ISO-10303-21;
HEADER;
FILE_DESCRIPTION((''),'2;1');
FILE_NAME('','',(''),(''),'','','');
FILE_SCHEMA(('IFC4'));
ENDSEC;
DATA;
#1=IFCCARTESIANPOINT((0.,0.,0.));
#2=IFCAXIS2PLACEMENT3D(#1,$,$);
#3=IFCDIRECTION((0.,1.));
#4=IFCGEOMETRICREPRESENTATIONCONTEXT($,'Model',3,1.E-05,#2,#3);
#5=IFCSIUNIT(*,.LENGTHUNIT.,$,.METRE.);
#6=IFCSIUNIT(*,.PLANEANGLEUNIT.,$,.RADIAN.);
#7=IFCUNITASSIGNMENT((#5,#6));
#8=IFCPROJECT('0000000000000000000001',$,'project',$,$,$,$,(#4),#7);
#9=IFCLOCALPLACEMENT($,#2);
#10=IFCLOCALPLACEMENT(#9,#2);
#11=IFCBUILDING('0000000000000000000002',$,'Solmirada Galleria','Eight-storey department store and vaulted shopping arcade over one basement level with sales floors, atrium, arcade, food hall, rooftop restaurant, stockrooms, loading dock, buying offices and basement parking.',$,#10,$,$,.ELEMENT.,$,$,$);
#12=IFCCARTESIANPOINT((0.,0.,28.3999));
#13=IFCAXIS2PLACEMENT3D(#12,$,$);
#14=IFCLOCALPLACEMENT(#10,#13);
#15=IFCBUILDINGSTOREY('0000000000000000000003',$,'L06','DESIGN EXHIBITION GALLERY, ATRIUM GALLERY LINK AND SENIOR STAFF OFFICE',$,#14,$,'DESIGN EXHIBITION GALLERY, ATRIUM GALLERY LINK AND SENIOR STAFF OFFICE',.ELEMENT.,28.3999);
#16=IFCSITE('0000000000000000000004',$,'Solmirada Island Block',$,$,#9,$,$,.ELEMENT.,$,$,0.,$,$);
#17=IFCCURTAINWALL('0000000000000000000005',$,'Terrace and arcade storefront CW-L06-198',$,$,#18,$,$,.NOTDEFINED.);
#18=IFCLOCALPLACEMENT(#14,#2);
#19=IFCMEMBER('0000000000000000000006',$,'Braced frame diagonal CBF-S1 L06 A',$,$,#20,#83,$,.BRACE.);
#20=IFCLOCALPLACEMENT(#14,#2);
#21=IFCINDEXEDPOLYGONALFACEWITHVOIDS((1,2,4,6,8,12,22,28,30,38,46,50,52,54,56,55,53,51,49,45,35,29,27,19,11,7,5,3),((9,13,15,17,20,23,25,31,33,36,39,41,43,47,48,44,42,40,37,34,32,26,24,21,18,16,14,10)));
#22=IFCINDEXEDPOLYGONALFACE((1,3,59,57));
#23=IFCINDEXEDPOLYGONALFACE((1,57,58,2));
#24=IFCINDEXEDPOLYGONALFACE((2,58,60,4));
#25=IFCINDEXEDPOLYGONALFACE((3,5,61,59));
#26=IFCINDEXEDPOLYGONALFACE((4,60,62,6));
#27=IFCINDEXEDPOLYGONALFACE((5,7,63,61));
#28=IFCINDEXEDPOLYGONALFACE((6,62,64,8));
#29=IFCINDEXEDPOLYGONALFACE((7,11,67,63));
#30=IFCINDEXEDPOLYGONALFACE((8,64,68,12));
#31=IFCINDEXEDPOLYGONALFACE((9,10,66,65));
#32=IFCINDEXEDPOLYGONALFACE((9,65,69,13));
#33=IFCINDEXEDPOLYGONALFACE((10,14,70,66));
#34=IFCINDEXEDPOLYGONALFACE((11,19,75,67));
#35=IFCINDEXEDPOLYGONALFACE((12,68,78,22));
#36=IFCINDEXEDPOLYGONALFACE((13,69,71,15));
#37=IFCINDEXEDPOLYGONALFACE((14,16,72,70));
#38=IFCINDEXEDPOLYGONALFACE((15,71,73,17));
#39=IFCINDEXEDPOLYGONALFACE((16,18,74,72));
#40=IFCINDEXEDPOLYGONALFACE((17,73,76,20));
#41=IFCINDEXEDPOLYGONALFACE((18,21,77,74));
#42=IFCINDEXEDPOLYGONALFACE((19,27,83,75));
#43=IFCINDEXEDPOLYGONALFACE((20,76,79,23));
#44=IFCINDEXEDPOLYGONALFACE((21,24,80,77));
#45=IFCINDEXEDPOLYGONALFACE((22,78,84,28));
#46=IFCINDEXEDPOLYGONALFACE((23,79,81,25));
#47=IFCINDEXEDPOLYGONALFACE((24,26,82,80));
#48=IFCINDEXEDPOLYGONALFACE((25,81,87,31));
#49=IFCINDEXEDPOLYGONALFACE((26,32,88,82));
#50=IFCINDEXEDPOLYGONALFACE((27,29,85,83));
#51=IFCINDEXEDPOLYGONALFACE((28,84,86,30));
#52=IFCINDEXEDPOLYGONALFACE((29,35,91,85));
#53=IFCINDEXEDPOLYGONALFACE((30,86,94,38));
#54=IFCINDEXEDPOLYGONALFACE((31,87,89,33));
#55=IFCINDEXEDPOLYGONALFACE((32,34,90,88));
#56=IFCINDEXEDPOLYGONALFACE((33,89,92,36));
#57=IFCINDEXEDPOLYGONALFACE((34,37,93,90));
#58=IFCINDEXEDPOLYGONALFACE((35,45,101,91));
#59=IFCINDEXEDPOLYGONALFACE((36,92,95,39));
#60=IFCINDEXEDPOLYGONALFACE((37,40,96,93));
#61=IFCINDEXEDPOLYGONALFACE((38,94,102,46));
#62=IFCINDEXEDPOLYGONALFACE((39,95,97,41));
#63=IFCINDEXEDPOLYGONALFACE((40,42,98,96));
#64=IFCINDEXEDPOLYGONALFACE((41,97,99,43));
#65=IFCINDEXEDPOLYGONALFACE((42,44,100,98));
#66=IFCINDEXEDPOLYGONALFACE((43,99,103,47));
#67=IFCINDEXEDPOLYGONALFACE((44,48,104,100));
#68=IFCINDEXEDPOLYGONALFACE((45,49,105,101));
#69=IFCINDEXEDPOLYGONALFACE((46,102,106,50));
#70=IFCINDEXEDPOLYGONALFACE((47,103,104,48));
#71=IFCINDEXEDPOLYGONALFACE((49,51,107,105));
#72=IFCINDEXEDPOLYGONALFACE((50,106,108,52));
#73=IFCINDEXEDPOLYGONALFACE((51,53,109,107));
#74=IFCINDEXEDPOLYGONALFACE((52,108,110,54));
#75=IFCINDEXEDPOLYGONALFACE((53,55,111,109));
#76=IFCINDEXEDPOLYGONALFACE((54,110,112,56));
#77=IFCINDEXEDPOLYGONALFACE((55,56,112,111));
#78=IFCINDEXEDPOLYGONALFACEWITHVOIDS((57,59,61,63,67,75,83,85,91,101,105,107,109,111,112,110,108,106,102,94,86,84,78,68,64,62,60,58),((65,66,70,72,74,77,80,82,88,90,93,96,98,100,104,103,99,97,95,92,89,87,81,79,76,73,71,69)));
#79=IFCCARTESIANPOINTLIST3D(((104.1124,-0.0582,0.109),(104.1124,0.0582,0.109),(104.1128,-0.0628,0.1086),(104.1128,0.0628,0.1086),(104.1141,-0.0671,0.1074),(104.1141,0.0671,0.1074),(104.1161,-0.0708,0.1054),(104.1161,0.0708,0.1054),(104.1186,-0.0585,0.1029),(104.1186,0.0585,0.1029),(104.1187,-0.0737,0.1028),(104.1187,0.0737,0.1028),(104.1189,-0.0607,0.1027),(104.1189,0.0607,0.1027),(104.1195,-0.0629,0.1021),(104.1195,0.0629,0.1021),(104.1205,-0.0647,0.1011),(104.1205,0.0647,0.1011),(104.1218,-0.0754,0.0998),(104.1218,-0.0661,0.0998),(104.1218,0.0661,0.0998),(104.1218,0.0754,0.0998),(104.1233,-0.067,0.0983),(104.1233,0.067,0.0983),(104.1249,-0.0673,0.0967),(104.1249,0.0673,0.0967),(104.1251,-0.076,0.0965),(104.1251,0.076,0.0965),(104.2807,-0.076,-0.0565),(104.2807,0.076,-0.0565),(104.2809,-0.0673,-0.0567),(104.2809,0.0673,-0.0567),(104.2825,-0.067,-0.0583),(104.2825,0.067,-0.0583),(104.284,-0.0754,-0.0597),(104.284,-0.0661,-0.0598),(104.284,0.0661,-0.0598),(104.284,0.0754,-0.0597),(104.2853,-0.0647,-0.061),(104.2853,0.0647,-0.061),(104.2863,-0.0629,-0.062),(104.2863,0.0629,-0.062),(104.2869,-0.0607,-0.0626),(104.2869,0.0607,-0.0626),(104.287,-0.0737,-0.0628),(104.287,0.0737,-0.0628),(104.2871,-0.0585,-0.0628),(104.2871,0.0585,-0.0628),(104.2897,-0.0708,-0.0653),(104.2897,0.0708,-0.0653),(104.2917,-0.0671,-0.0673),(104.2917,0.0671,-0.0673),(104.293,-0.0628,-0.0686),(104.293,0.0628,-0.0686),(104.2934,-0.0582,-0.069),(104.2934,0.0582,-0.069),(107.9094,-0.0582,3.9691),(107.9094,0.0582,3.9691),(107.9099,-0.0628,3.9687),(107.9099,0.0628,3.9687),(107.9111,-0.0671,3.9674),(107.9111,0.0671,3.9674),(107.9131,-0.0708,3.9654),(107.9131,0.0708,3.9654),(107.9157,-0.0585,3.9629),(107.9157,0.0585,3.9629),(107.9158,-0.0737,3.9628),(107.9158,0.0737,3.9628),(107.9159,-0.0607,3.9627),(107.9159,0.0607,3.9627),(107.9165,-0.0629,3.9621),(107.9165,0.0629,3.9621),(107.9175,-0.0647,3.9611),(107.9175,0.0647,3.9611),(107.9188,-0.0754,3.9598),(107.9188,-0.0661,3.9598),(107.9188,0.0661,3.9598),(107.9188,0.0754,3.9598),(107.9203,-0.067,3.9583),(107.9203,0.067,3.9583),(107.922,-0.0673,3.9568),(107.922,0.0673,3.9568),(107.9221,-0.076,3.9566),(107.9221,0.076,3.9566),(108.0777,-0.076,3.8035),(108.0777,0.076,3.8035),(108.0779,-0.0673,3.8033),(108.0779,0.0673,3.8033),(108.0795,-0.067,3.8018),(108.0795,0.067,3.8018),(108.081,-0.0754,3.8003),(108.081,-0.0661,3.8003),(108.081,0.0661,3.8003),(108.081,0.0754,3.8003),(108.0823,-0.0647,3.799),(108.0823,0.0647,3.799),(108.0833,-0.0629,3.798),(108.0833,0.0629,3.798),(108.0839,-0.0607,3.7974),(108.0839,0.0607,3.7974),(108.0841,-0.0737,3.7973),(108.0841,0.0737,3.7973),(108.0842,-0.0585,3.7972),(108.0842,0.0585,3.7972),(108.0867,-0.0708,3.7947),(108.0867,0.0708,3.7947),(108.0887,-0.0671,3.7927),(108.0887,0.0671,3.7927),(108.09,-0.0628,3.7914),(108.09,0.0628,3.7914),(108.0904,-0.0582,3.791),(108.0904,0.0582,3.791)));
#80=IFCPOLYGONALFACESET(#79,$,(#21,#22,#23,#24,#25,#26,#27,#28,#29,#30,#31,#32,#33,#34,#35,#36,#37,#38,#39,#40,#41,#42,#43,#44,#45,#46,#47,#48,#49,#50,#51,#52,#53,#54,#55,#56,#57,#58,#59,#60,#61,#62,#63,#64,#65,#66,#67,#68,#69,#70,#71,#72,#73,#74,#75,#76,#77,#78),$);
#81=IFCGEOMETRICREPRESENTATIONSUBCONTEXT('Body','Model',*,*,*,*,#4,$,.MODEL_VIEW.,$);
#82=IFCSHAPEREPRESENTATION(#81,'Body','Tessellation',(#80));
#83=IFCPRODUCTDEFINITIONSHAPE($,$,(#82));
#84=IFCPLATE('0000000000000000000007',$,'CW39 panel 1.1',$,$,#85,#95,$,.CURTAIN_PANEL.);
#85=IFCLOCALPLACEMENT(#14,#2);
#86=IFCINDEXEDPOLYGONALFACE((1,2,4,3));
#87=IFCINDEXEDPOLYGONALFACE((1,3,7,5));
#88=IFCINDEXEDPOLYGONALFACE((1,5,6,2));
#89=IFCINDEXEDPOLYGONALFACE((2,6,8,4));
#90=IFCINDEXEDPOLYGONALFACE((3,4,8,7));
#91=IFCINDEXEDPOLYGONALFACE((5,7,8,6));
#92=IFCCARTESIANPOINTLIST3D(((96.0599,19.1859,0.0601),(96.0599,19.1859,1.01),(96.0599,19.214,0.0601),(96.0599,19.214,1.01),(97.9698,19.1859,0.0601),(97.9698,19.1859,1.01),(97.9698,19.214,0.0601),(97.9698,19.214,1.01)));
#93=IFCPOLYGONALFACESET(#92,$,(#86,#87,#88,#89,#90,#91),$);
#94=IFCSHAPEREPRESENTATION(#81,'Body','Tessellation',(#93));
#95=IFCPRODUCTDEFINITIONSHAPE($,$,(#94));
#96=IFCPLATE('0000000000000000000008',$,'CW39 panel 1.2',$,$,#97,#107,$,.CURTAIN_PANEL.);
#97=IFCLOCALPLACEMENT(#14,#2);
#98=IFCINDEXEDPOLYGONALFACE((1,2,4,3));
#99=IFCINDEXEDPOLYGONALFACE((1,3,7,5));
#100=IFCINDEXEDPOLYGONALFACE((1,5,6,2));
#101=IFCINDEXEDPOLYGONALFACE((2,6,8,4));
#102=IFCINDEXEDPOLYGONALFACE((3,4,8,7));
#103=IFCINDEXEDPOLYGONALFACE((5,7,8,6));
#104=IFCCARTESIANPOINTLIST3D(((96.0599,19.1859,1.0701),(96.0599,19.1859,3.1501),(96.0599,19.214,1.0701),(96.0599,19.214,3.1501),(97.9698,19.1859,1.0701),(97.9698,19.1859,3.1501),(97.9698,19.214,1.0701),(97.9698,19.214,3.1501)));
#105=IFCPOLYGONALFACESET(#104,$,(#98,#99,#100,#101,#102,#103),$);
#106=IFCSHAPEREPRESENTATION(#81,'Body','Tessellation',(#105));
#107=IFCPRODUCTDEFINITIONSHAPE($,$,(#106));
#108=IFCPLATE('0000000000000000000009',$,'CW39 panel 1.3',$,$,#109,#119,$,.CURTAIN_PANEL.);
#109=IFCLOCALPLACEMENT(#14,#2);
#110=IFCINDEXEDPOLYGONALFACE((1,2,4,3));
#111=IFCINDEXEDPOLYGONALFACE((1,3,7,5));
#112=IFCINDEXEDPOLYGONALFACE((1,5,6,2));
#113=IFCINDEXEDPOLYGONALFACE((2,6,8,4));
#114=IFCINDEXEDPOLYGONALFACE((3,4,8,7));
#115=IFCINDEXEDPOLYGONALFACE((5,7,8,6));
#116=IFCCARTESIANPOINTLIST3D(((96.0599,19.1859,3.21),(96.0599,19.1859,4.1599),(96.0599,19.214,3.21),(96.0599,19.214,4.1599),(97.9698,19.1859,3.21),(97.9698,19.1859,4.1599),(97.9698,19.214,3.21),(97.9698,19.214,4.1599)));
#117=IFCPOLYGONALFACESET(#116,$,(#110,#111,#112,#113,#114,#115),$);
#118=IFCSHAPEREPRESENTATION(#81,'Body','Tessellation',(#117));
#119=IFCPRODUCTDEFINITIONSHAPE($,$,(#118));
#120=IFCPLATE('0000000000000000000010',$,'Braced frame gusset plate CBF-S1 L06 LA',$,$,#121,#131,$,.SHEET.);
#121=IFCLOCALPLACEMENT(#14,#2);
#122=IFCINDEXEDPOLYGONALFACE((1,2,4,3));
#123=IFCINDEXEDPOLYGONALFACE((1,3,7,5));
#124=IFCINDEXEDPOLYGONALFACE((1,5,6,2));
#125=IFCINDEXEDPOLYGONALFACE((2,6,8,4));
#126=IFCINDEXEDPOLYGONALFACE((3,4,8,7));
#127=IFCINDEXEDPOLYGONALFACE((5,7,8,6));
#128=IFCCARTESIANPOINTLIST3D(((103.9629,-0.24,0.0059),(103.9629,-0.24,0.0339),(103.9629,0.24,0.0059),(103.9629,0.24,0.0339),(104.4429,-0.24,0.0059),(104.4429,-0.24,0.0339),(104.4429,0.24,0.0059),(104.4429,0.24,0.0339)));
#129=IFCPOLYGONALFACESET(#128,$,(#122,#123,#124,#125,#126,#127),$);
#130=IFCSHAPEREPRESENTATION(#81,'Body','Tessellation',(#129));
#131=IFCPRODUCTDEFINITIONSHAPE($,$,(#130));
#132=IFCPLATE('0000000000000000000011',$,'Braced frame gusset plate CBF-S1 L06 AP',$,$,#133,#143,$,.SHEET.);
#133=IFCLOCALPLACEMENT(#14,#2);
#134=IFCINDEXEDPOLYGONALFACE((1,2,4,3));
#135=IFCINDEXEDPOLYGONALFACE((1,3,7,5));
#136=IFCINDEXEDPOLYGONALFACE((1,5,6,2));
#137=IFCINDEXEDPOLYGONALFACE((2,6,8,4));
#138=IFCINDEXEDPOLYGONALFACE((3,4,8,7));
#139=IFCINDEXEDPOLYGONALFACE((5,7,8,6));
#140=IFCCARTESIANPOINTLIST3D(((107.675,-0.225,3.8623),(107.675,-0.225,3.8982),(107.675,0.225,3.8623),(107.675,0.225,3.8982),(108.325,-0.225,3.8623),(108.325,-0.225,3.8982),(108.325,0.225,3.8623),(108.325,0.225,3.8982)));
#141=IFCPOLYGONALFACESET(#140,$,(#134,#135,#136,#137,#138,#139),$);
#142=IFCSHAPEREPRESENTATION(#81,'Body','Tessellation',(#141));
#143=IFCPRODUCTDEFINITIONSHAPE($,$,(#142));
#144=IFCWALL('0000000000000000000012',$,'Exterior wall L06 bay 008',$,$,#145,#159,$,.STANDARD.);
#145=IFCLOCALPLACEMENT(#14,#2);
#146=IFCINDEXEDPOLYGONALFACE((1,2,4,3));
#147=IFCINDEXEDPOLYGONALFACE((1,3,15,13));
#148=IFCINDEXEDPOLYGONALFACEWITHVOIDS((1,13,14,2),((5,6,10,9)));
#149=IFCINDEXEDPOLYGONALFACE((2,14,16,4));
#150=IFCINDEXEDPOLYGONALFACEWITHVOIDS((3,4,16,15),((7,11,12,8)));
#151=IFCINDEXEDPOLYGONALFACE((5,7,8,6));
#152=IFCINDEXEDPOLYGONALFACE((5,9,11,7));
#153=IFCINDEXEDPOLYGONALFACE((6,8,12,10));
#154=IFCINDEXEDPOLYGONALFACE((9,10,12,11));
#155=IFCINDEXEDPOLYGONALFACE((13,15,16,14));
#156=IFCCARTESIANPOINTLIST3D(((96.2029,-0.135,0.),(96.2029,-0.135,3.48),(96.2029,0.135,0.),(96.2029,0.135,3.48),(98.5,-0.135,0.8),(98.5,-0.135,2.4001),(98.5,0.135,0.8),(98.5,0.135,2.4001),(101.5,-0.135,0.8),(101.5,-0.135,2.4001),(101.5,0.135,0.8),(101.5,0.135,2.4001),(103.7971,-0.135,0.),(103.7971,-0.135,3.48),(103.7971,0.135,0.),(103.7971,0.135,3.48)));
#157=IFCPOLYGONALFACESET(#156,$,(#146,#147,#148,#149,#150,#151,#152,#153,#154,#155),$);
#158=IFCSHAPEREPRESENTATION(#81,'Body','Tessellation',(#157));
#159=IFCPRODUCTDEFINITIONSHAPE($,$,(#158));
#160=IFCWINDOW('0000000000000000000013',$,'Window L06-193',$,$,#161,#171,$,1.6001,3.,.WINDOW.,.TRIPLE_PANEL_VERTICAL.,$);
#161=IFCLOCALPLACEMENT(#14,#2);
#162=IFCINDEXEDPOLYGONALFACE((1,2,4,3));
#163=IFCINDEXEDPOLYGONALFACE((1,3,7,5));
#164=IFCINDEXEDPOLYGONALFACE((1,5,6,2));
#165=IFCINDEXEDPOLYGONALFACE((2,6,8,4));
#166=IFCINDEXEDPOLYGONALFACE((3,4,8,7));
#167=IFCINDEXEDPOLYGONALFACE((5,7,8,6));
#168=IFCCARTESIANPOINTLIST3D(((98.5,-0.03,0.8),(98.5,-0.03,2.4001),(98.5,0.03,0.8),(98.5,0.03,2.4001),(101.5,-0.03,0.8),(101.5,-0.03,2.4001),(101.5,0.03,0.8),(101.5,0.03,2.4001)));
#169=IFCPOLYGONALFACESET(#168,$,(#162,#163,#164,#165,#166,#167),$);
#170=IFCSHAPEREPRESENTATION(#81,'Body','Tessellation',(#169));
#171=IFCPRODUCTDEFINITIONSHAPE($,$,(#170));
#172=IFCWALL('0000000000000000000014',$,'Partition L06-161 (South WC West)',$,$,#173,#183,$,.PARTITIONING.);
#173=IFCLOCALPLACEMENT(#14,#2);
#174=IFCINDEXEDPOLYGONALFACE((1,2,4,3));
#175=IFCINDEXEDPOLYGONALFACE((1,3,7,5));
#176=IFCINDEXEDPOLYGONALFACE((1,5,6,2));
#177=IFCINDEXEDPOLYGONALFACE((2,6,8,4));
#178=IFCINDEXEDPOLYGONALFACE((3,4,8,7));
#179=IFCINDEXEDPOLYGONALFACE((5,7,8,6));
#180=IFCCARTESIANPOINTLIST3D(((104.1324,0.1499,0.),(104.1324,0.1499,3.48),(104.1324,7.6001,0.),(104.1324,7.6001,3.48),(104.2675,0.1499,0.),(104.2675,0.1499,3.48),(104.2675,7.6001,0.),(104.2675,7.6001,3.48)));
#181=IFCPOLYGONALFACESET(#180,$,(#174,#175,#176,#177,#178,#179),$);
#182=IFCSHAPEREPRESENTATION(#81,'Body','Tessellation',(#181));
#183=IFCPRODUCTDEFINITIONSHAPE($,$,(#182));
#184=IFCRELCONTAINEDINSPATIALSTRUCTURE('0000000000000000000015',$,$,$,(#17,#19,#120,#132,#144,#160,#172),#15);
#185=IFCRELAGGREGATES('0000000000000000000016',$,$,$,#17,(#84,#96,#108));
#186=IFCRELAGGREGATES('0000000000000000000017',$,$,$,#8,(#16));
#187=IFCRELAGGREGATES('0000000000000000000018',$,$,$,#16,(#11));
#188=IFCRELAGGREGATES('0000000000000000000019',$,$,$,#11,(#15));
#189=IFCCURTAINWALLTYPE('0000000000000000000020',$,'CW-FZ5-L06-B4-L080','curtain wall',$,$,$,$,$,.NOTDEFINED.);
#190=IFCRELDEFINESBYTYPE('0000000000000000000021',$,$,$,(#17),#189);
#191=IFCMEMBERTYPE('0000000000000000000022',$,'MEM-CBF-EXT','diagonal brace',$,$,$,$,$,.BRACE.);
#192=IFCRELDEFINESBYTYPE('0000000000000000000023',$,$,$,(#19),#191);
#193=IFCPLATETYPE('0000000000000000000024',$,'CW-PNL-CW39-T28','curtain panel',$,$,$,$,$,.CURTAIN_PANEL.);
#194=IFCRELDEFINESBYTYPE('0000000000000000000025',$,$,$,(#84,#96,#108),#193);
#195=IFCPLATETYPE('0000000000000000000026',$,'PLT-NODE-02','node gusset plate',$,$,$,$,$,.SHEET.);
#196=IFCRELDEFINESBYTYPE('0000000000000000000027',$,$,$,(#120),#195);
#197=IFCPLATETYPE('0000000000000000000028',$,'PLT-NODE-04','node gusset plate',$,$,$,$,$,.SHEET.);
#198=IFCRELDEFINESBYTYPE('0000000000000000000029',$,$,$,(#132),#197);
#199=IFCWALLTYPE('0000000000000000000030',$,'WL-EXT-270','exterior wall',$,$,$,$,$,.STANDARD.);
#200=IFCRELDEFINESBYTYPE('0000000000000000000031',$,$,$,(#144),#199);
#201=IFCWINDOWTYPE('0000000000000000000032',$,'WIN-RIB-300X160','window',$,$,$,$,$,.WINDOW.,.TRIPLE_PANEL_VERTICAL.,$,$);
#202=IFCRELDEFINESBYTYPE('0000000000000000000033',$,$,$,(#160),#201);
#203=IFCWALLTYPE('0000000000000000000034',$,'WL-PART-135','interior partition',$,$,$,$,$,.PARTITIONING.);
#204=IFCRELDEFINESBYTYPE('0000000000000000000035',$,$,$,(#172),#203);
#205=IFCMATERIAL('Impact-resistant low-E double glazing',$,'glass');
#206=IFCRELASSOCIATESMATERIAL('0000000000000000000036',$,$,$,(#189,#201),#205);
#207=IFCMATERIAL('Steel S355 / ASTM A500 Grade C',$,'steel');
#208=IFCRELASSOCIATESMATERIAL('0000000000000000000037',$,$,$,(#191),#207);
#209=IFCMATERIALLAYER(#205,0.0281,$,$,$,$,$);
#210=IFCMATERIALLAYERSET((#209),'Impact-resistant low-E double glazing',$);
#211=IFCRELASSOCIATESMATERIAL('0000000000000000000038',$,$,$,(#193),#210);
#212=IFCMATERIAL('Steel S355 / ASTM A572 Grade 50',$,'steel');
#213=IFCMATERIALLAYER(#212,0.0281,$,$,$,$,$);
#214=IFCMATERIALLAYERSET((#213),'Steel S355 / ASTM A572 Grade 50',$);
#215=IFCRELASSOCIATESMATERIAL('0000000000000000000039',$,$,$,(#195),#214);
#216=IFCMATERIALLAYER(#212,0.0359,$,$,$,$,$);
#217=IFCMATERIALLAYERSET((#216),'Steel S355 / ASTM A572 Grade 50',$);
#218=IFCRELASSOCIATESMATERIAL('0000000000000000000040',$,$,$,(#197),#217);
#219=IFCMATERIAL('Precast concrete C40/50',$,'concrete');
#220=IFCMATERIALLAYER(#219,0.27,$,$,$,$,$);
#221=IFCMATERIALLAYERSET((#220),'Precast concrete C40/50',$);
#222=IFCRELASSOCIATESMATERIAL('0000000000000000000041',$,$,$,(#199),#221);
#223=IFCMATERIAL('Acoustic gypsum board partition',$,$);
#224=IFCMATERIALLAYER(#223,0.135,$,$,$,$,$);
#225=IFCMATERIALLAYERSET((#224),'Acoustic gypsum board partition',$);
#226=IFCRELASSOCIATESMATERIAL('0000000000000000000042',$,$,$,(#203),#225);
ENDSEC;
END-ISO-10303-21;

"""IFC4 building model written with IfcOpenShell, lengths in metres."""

from ifc_helpers import new_model, si_unit, direction, frame, frame_2d, origin, origin_2d, place, context, subcontext, project, spatial, rectangle, hollow_rectangle, extrude, material, layer, layer_set, material_profile, profile_set, type_object, element, fill, aggregate, save


model = new_model("IFC4")

# Units and contexts
model_context = context("Model", 3, precision=1e-05, world=origin(), true_north=direction((0.0, 1.0)))
body_context = subcontext(model_context, "Body", "Model", "MODEL_VIEW")
ifc_project = project(units=[si_unit("LENGTHUNIT", "METRE"), si_unit("PLANEANGLEUNIT", "RADIAN")], contexts=[model_context])

# Site, building, storey
site_placement = place(None, origin())
site = spatial("IfcSite", under=ifc_project, at=site_placement, Name="Solmirada Island Block", CompositionType="ELEMENT", RefElevation=0.0)
building_placement = place(site_placement, origin())
building = spatial("IfcBuilding", under=site, at=building_placement, Name="Solmirada Galleria", Description="Eight-storey department store and vaulted shopping arcade over one basement level with sales floors, atrium, arcade, food hall, rooftop restaurant, stockrooms, loading dock, buying offices and basement parking.", CompositionType="ELEMENT")
storey_placement = place(building_placement, frame((0.0, 0.0, 28.3999)))
storey = spatial("IfcBuildingStorey", under=building, at=storey_placement, Name="L06", Description="DESIGN EXHIBITION GALLERY, ATRIUM GALLERY LINK AND SENIOR STAFF OFFICE", LongName="DESIGN EXHIBITION GALLERY, ATRIUM GALLERY LINK AND SENIOR STAFF OFFICE", CompositionType="ELEMENT", Elevation=28.3999)

# Shared definitions
ifc_material_1 = material(Name="Steel S355 / ASTM A500 Grade C", Category="steel")

# Curtain wall
ifc_material_2 = material(Name="Impact-resistant low-E double glazing", Category="glass")
curtain_wall_type = type_object("IfcCurtainWallType", Name="CW-FZ5-L06-B4-L080", Description="curtain wall", PredefinedType="NOTDEFINED", material=ifc_material_2)
curtain_wall_placement = place(storey_placement, origin())
curtain_wall = element("IfcCurtainWall", 1, at=curtain_wall_placement, inside=storey, type_object=curtain_wall_type, Name="Terrace and arcade storefront CW-L06-198", PredefinedType="NOTDEFINED")

# Member
ifc_material_profile_1 = material_profile(ifc_material_1, hollow_rectangle(XDim=0.1521, YDim=0.2539, WallThickness=0.0088, InnerFilletRadius=0.0088, OuterFilletRadius=0.0178, at=origin_2d()), Name="HSS10X6X3/8")
ifc_profile_set_1 = profile_set([ifc_material_profile_1], Name="Steel S355 / ASTM A500 Grade C")
member_type_1 = type_object("IfcMemberType", Name="MEM-CBF-EXT", Description="diagonal brace", PredefinedType="BRACE", material=ifc_profile_set_1)
member_1_placement = place(storey_placement, frame((104.2029, 0.0, 0.02), z_axis=(0.701266, 0.0, 0.712899), x_axis=(0.0, 1.0, 0.0)))
element("IfcMember", 2, at=member_1_placement, inside=storey, type_object=member_type_1, Name="Braced frame diagonal CBF-S1 L06 A", PredefinedType="BRACE", context=body_context, shape_type="SweptSolid", body=[
    extrude(hollow_rectangle(XDim=0.1521, YDim=0.2539, WallThickness=0.0088, InnerFilletRadius=0.0088, OuterFilletRadius=0.0178, at=origin_2d()), origin(), (0.0, 0.0, 1.0), 5.4146),
])

# Plates
ifc_layer_1 = layer(ifc_material_2, 0.0281)
ifc_layer_set_1 = layer_set([ifc_layer_1], Name="Impact-resistant low-E double glazing")
plate_type_1 = type_object("IfcPlateType", Name="CW-PNL-CW39-T28", Description="curtain panel", PredefinedType="CURTAIN_PANEL", material=ifc_layer_set_1)
plate_1_placement = place(storey_placement, frame((97.0149, 19.2, 0.0601), z_axis=(0.0, 0.0, 1.0), x_axis=(1.0, 0.0, 0.0)))
plate_1 = element("IfcPlate", 3, at=plate_1_placement, type_object=plate_type_1, Name="CW39 panel 1.1", PredefinedType="CURTAIN_PANEL", context=body_context, shape_type="SweptSolid", body=[
    extrude(rectangle(XDim=1.9099, YDim=0.0281, at=origin_2d()), origin(), (0.0, 0.0, 1.0), 0.95),
])
plate_2_placement = place(storey_placement, frame((97.0149, 19.2, 1.0701), z_axis=(0.0, 0.0, 1.0), x_axis=(1.0, 0.0, 0.0)))
plate_2 = element("IfcPlate", 4, at=plate_2_placement, type_object=plate_type_1, Name="CW39 panel 1.2", PredefinedType="CURTAIN_PANEL", context=body_context, shape_type="SweptSolid", body=[
    extrude(rectangle(XDim=1.9099, YDim=0.0281, at=origin_2d()), origin(), (0.0, 0.0, 1.0), 2.0801),
])
plate_3_placement = place(storey_placement, frame((97.0149, 19.2, 3.21), z_axis=(0.0, 0.0, 1.0), x_axis=(1.0, 0.0, 0.0)))
plate_3 = element("IfcPlate", 5, at=plate_3_placement, type_object=plate_type_1, Name="CW39 panel 1.3", PredefinedType="CURTAIN_PANEL", context=body_context, shape_type="SweptSolid", body=[
    extrude(rectangle(XDim=1.9099, YDim=0.0281, at=origin_2d()), origin(), (0.0, 0.0, 1.0), 0.95),
])
aggregate(curtain_wall, [plate_1, plate_2, plate_3])

# Plates
ifc_material_3 = material(Name="Steel S355 / ASTM A572 Grade 50", Category="steel")
ifc_layer_2 = layer(ifc_material_3, 0.0281)
ifc_layer_set_2 = layer_set([ifc_layer_2], Name="Steel S355 / ASTM A572 Grade 50")
plate_type_2 = type_object("IfcPlateType", Name="PLT-NODE-02", Description="node gusset plate", PredefinedType="SHEET", material=ifc_layer_set_2)
plate_4_placement = place(storey_placement, frame((104.2029, 0.0, 0.0059), z_axis=(0.0, 0.0, 1.0), x_axis=(1.0, 0.0, 0.0)))
element("IfcPlate", 6, at=plate_4_placement, inside=storey, type_object=plate_type_2, Name="Braced frame gusset plate CBF-S1 L06 LA", PredefinedType="SHEET", context=body_context, shape_type="SweptSolid", body=[
    extrude(rectangle(XDim=0.48, YDim=0.48, at=origin_2d()), origin(), (0.0, 0.0, 1.0), 0.0281),
])
ifc_layer_3 = layer(ifc_material_3, 0.0359)
ifc_layer_set_3 = layer_set([ifc_layer_3], Name="Steel S355 / ASTM A572 Grade 50")
plate_type_3 = type_object("IfcPlateType", Name="PLT-NODE-04", Description="node gusset plate", PredefinedType="SHEET", material=ifc_layer_set_3)
plate_5_placement = place(storey_placement, frame((108.0, 0.0, 3.8623), z_axis=(0.0, 0.0, 1.0), x_axis=(1.0, 0.0, 0.0)))
element("IfcPlate", 7, at=plate_5_placement, inside=storey, type_object=plate_type_3, Name="Braced frame gusset plate CBF-S1 L06 AP", PredefinedType="SHEET", context=body_context, shape_type="SweptSolid", body=[
    extrude(rectangle(XDim=0.6499, YDim=0.45, at=origin_2d()), origin(), (0.0, 0.0, 1.0), 0.0359),
])

# Wall, opening, window
ifc_material_4 = material(Name="Precast concrete C40/50", Category="concrete")
ifc_layer_4 = layer(ifc_material_4, 0.27)
ifc_layer_set_4 = layer_set([ifc_layer_4], Name="Precast concrete C40/50")
wall_type_1 = type_object("IfcWallType", Name="WL-EXT-270", Description="exterior wall", PredefinedType="STANDARD", material=ifc_layer_set_4)
wall_1_placement = place(storey_placement, frame((103.7971, 0.0, 0.0), z_axis=(0.0, 0.0, 1.0), x_axis=(-1.0, 0.0, 0.0)))
wall_1 = element("IfcWall", 8, at=wall_1_placement, inside=storey, type_object=wall_type_1, Name="Exterior wall L06 bay 008", PredefinedType="STANDARD", context=body_context, shape_type="SweptSolid", body=[
    extrude(rectangle(XDim=7.5942, YDim=0.27, at=frame_2d((3.7971, 0.0))), origin(), (0.0, 0.0, 1.0), 3.48),
])
opening_1_placement = place(wall_1_placement, frame((2.2971, 0.0, 0.8)))
opening_1 = element("IfcOpeningElement", 9, at=opening_1_placement, cuts=wall_1, PredefinedType="OPENING", context=body_context, shape_type="SweptSolid", body=[
    extrude(rectangle(XDim=3.0, YDim=1.6001, at=frame_2d((1.5, 0.8))), frame((0.0, 0.145, 0.0), z_axis=(0.0, -1.0, 0.0), x_axis=(1.0, 0.0, 0.0)), (0.0, 0.0, 1.0), 0.29),
])
window_type = type_object("IfcWindowType", Name="WIN-RIB-300X160", Description="window", PartitioningType="TRIPLE_PANEL_VERTICAL", PredefinedType="WINDOW", material=ifc_material_2)
window_placement = place(opening_1_placement, origin())
window = element("IfcWindow", 10, at=window_placement, inside=storey, type_object=window_type, Name="Window L06-193", OverallHeight=1.6001, OverallWidth=3.0, PartitioningType="TRIPLE_PANEL_VERTICAL", PredefinedType="WINDOW", context=body_context, shape_type="SweptSolid", body=[
    extrude(rectangle(XDim=3.0, YDim=1.6001, at=frame_2d((1.5, 0.8))), frame((0.0, 0.03, 0.0), z_axis=(0.0, -1.0, 0.0), x_axis=(1.0, 0.0, 0.0)), (0.0, 0.0, 1.0), 0.0601),
])
fill(opening_1, window)

# Wall
ifc_material_5 = material(Name="Acoustic gypsum board partition")
ifc_layer_5 = layer(ifc_material_5, 0.135)
ifc_layer_set_5 = layer_set([ifc_layer_5], Name="Acoustic gypsum board partition")
wall_type_2 = type_object("IfcWallType", Name="WL-PART-135", Description="interior partition", PredefinedType="PARTITIONING", material=ifc_layer_set_5)
wall_2_placement = place(storey_placement, frame((104.2, 0.1499, 0.0), z_axis=(0.0, 0.0, 1.0), x_axis=(0.0, 1.0, 0.0)))
element("IfcWall", 11, at=wall_2_placement, inside=storey, type_object=wall_type_2, Name="Partition L06-161 (South WC West)", PredefinedType="PARTITIONING", context=body_context, shape_type="SweptSolid", body=[
    extrude(rectangle(XDim=7.4502, YDim=0.135, at=frame_2d((3.7251, 0.0))), origin(), (0.0, 0.0, 1.0), 3.48),
])

save(model, "model.ifc")
